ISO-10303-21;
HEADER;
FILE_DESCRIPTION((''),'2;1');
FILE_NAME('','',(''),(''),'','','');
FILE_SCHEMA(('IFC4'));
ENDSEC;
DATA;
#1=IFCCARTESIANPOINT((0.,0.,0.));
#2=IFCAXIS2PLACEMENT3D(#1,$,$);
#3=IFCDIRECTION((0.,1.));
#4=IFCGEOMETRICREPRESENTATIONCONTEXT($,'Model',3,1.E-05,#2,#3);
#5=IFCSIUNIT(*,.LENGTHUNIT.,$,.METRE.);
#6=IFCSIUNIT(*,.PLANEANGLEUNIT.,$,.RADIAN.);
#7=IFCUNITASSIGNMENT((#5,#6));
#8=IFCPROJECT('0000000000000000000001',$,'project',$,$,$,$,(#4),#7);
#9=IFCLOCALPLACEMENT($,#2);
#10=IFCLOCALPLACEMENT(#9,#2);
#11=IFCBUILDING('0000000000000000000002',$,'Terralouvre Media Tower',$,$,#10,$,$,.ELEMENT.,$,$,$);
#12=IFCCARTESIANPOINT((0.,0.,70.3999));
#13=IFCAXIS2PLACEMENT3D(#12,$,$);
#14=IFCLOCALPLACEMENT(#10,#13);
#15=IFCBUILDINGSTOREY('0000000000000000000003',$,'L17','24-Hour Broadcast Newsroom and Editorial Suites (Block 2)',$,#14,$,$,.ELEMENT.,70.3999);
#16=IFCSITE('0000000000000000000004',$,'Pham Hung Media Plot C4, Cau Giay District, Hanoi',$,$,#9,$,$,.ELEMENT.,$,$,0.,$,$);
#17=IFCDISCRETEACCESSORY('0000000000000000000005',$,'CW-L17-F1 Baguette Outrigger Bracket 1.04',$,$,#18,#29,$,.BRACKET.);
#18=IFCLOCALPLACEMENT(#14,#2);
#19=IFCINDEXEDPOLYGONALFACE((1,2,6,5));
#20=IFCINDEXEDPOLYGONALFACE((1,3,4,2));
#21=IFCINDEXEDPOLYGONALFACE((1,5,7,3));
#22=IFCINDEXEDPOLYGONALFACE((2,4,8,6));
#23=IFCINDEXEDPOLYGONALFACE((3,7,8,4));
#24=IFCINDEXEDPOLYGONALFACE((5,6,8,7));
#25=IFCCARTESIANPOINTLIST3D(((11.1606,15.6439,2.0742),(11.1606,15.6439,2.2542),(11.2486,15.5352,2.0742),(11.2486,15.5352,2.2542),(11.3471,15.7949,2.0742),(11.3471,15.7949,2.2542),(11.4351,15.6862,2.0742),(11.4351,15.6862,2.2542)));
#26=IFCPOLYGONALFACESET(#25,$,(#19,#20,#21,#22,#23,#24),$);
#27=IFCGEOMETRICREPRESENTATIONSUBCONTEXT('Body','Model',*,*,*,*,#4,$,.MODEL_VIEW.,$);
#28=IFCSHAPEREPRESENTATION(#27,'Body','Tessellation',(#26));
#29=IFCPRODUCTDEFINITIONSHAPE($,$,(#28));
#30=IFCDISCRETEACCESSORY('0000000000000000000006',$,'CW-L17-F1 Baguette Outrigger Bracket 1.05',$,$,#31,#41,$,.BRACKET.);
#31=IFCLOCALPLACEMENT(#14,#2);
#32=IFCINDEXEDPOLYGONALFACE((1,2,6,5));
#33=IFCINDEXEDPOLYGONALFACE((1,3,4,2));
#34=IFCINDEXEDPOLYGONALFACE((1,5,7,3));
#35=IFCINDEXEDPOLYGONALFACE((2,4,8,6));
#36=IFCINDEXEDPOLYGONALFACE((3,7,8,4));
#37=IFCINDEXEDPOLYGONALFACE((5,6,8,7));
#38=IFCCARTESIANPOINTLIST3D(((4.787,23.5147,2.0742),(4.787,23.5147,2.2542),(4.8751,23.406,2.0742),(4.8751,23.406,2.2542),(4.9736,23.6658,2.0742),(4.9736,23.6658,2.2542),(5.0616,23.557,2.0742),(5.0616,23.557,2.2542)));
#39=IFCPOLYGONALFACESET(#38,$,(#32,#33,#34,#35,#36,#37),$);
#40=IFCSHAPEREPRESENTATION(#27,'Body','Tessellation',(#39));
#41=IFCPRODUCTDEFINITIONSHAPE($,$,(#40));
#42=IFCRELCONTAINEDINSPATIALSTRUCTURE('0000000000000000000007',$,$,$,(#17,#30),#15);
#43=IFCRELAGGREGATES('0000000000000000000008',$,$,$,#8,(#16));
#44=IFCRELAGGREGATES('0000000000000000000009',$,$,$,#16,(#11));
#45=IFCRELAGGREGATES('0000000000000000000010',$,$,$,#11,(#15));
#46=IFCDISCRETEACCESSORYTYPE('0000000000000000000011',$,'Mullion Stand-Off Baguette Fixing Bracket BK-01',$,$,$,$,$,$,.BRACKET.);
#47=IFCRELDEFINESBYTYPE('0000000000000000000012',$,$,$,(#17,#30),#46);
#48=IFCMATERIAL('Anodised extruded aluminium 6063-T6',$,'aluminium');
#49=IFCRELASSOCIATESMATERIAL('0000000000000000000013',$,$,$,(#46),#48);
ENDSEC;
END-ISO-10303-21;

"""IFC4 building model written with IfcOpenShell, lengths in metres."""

from ifc_helpers import new_model, si_unit, direction, frame, origin, origin_2d, place, context, subcontext, project, spatial, rectangle, extrude, material, type_object, element, save


model = new_model("IFC4")

# Units and contexts
model_context = context("Model", 3, precision=1e-05, world=origin(), true_north=direction((0.0, 1.0)))
body_context = subcontext(model_context, "Body", "Model", "MODEL_VIEW")
ifc_project = project(units=[si_unit("LENGTHUNIT", "METRE"), si_unit("PLANEANGLEUNIT", "RADIAN")], contexts=[model_context])

# Site, building, storey
site_placement = place(None, origin())
site = spatial("IfcSite", under=ifc_project, at=site_placement, Name="Pham Hung Media Plot C4, Cau Giay District, Hanoi", CompositionType="ELEMENT", RefElevation=0.0)
building_placement = place(site_placement, origin())
building = spatial("IfcBuilding", under=site, at=building_placement, Name="Terralouvre Media Tower", CompositionType="ELEMENT")
storey_placement = place(building_placement, frame((0.0, 0.0, 70.3999)))
storey = spatial("IfcBuildingStorey", under=building, at=storey_placement, Name="L17", Description="24-Hour Broadcast Newsroom and Editorial Suites (Block 2)", CompositionType="ELEMENT", Elevation=70.3999)

# Discrete accessories
ifc_material_1 = material(Name="Anodised extruded aluminium 6063-T6", Category="aluminium")
discrete_accessory_type = type_object("IfcDiscreteAccessoryType", Name="Mullion Stand-Off Baguette Fixing Bracket BK-01", PredefinedType="BRACKET", material=ifc_material_1)
for number, where, z_axis, x_axis, name in (
    (1, (11.2979, 15.665, 2.0742), (0.0, 0.0, 1.0), (-0.62932, 0.777146, 0.0), "CW-L17-F1 Baguette Outrigger Bracket 1.04"),
    (2, (4.9243, 23.5359, 2.0742), (0.0, 0.0, 1.0), (-0.62932, 0.777146, 0.0), "CW-L17-F1 Baguette Outrigger Bracket 1.05"),
):
    element("IfcDiscreteAccessory", number, at=place(storey_placement, frame(where, z_axis=z_axis, x_axis=x_axis)), inside=storey, type_object=discrete_accessory_type, Name=name, PredefinedType="BRACKET", context=body_context, shape_type="SweptSolid", body=[
        extrude(rectangle(XDim=0.1399, YDim=0.24, at=origin_2d()), origin(), (0.0, 0.0, 1.0), 0.1799),
    ])

save(model, "model.ifc")
